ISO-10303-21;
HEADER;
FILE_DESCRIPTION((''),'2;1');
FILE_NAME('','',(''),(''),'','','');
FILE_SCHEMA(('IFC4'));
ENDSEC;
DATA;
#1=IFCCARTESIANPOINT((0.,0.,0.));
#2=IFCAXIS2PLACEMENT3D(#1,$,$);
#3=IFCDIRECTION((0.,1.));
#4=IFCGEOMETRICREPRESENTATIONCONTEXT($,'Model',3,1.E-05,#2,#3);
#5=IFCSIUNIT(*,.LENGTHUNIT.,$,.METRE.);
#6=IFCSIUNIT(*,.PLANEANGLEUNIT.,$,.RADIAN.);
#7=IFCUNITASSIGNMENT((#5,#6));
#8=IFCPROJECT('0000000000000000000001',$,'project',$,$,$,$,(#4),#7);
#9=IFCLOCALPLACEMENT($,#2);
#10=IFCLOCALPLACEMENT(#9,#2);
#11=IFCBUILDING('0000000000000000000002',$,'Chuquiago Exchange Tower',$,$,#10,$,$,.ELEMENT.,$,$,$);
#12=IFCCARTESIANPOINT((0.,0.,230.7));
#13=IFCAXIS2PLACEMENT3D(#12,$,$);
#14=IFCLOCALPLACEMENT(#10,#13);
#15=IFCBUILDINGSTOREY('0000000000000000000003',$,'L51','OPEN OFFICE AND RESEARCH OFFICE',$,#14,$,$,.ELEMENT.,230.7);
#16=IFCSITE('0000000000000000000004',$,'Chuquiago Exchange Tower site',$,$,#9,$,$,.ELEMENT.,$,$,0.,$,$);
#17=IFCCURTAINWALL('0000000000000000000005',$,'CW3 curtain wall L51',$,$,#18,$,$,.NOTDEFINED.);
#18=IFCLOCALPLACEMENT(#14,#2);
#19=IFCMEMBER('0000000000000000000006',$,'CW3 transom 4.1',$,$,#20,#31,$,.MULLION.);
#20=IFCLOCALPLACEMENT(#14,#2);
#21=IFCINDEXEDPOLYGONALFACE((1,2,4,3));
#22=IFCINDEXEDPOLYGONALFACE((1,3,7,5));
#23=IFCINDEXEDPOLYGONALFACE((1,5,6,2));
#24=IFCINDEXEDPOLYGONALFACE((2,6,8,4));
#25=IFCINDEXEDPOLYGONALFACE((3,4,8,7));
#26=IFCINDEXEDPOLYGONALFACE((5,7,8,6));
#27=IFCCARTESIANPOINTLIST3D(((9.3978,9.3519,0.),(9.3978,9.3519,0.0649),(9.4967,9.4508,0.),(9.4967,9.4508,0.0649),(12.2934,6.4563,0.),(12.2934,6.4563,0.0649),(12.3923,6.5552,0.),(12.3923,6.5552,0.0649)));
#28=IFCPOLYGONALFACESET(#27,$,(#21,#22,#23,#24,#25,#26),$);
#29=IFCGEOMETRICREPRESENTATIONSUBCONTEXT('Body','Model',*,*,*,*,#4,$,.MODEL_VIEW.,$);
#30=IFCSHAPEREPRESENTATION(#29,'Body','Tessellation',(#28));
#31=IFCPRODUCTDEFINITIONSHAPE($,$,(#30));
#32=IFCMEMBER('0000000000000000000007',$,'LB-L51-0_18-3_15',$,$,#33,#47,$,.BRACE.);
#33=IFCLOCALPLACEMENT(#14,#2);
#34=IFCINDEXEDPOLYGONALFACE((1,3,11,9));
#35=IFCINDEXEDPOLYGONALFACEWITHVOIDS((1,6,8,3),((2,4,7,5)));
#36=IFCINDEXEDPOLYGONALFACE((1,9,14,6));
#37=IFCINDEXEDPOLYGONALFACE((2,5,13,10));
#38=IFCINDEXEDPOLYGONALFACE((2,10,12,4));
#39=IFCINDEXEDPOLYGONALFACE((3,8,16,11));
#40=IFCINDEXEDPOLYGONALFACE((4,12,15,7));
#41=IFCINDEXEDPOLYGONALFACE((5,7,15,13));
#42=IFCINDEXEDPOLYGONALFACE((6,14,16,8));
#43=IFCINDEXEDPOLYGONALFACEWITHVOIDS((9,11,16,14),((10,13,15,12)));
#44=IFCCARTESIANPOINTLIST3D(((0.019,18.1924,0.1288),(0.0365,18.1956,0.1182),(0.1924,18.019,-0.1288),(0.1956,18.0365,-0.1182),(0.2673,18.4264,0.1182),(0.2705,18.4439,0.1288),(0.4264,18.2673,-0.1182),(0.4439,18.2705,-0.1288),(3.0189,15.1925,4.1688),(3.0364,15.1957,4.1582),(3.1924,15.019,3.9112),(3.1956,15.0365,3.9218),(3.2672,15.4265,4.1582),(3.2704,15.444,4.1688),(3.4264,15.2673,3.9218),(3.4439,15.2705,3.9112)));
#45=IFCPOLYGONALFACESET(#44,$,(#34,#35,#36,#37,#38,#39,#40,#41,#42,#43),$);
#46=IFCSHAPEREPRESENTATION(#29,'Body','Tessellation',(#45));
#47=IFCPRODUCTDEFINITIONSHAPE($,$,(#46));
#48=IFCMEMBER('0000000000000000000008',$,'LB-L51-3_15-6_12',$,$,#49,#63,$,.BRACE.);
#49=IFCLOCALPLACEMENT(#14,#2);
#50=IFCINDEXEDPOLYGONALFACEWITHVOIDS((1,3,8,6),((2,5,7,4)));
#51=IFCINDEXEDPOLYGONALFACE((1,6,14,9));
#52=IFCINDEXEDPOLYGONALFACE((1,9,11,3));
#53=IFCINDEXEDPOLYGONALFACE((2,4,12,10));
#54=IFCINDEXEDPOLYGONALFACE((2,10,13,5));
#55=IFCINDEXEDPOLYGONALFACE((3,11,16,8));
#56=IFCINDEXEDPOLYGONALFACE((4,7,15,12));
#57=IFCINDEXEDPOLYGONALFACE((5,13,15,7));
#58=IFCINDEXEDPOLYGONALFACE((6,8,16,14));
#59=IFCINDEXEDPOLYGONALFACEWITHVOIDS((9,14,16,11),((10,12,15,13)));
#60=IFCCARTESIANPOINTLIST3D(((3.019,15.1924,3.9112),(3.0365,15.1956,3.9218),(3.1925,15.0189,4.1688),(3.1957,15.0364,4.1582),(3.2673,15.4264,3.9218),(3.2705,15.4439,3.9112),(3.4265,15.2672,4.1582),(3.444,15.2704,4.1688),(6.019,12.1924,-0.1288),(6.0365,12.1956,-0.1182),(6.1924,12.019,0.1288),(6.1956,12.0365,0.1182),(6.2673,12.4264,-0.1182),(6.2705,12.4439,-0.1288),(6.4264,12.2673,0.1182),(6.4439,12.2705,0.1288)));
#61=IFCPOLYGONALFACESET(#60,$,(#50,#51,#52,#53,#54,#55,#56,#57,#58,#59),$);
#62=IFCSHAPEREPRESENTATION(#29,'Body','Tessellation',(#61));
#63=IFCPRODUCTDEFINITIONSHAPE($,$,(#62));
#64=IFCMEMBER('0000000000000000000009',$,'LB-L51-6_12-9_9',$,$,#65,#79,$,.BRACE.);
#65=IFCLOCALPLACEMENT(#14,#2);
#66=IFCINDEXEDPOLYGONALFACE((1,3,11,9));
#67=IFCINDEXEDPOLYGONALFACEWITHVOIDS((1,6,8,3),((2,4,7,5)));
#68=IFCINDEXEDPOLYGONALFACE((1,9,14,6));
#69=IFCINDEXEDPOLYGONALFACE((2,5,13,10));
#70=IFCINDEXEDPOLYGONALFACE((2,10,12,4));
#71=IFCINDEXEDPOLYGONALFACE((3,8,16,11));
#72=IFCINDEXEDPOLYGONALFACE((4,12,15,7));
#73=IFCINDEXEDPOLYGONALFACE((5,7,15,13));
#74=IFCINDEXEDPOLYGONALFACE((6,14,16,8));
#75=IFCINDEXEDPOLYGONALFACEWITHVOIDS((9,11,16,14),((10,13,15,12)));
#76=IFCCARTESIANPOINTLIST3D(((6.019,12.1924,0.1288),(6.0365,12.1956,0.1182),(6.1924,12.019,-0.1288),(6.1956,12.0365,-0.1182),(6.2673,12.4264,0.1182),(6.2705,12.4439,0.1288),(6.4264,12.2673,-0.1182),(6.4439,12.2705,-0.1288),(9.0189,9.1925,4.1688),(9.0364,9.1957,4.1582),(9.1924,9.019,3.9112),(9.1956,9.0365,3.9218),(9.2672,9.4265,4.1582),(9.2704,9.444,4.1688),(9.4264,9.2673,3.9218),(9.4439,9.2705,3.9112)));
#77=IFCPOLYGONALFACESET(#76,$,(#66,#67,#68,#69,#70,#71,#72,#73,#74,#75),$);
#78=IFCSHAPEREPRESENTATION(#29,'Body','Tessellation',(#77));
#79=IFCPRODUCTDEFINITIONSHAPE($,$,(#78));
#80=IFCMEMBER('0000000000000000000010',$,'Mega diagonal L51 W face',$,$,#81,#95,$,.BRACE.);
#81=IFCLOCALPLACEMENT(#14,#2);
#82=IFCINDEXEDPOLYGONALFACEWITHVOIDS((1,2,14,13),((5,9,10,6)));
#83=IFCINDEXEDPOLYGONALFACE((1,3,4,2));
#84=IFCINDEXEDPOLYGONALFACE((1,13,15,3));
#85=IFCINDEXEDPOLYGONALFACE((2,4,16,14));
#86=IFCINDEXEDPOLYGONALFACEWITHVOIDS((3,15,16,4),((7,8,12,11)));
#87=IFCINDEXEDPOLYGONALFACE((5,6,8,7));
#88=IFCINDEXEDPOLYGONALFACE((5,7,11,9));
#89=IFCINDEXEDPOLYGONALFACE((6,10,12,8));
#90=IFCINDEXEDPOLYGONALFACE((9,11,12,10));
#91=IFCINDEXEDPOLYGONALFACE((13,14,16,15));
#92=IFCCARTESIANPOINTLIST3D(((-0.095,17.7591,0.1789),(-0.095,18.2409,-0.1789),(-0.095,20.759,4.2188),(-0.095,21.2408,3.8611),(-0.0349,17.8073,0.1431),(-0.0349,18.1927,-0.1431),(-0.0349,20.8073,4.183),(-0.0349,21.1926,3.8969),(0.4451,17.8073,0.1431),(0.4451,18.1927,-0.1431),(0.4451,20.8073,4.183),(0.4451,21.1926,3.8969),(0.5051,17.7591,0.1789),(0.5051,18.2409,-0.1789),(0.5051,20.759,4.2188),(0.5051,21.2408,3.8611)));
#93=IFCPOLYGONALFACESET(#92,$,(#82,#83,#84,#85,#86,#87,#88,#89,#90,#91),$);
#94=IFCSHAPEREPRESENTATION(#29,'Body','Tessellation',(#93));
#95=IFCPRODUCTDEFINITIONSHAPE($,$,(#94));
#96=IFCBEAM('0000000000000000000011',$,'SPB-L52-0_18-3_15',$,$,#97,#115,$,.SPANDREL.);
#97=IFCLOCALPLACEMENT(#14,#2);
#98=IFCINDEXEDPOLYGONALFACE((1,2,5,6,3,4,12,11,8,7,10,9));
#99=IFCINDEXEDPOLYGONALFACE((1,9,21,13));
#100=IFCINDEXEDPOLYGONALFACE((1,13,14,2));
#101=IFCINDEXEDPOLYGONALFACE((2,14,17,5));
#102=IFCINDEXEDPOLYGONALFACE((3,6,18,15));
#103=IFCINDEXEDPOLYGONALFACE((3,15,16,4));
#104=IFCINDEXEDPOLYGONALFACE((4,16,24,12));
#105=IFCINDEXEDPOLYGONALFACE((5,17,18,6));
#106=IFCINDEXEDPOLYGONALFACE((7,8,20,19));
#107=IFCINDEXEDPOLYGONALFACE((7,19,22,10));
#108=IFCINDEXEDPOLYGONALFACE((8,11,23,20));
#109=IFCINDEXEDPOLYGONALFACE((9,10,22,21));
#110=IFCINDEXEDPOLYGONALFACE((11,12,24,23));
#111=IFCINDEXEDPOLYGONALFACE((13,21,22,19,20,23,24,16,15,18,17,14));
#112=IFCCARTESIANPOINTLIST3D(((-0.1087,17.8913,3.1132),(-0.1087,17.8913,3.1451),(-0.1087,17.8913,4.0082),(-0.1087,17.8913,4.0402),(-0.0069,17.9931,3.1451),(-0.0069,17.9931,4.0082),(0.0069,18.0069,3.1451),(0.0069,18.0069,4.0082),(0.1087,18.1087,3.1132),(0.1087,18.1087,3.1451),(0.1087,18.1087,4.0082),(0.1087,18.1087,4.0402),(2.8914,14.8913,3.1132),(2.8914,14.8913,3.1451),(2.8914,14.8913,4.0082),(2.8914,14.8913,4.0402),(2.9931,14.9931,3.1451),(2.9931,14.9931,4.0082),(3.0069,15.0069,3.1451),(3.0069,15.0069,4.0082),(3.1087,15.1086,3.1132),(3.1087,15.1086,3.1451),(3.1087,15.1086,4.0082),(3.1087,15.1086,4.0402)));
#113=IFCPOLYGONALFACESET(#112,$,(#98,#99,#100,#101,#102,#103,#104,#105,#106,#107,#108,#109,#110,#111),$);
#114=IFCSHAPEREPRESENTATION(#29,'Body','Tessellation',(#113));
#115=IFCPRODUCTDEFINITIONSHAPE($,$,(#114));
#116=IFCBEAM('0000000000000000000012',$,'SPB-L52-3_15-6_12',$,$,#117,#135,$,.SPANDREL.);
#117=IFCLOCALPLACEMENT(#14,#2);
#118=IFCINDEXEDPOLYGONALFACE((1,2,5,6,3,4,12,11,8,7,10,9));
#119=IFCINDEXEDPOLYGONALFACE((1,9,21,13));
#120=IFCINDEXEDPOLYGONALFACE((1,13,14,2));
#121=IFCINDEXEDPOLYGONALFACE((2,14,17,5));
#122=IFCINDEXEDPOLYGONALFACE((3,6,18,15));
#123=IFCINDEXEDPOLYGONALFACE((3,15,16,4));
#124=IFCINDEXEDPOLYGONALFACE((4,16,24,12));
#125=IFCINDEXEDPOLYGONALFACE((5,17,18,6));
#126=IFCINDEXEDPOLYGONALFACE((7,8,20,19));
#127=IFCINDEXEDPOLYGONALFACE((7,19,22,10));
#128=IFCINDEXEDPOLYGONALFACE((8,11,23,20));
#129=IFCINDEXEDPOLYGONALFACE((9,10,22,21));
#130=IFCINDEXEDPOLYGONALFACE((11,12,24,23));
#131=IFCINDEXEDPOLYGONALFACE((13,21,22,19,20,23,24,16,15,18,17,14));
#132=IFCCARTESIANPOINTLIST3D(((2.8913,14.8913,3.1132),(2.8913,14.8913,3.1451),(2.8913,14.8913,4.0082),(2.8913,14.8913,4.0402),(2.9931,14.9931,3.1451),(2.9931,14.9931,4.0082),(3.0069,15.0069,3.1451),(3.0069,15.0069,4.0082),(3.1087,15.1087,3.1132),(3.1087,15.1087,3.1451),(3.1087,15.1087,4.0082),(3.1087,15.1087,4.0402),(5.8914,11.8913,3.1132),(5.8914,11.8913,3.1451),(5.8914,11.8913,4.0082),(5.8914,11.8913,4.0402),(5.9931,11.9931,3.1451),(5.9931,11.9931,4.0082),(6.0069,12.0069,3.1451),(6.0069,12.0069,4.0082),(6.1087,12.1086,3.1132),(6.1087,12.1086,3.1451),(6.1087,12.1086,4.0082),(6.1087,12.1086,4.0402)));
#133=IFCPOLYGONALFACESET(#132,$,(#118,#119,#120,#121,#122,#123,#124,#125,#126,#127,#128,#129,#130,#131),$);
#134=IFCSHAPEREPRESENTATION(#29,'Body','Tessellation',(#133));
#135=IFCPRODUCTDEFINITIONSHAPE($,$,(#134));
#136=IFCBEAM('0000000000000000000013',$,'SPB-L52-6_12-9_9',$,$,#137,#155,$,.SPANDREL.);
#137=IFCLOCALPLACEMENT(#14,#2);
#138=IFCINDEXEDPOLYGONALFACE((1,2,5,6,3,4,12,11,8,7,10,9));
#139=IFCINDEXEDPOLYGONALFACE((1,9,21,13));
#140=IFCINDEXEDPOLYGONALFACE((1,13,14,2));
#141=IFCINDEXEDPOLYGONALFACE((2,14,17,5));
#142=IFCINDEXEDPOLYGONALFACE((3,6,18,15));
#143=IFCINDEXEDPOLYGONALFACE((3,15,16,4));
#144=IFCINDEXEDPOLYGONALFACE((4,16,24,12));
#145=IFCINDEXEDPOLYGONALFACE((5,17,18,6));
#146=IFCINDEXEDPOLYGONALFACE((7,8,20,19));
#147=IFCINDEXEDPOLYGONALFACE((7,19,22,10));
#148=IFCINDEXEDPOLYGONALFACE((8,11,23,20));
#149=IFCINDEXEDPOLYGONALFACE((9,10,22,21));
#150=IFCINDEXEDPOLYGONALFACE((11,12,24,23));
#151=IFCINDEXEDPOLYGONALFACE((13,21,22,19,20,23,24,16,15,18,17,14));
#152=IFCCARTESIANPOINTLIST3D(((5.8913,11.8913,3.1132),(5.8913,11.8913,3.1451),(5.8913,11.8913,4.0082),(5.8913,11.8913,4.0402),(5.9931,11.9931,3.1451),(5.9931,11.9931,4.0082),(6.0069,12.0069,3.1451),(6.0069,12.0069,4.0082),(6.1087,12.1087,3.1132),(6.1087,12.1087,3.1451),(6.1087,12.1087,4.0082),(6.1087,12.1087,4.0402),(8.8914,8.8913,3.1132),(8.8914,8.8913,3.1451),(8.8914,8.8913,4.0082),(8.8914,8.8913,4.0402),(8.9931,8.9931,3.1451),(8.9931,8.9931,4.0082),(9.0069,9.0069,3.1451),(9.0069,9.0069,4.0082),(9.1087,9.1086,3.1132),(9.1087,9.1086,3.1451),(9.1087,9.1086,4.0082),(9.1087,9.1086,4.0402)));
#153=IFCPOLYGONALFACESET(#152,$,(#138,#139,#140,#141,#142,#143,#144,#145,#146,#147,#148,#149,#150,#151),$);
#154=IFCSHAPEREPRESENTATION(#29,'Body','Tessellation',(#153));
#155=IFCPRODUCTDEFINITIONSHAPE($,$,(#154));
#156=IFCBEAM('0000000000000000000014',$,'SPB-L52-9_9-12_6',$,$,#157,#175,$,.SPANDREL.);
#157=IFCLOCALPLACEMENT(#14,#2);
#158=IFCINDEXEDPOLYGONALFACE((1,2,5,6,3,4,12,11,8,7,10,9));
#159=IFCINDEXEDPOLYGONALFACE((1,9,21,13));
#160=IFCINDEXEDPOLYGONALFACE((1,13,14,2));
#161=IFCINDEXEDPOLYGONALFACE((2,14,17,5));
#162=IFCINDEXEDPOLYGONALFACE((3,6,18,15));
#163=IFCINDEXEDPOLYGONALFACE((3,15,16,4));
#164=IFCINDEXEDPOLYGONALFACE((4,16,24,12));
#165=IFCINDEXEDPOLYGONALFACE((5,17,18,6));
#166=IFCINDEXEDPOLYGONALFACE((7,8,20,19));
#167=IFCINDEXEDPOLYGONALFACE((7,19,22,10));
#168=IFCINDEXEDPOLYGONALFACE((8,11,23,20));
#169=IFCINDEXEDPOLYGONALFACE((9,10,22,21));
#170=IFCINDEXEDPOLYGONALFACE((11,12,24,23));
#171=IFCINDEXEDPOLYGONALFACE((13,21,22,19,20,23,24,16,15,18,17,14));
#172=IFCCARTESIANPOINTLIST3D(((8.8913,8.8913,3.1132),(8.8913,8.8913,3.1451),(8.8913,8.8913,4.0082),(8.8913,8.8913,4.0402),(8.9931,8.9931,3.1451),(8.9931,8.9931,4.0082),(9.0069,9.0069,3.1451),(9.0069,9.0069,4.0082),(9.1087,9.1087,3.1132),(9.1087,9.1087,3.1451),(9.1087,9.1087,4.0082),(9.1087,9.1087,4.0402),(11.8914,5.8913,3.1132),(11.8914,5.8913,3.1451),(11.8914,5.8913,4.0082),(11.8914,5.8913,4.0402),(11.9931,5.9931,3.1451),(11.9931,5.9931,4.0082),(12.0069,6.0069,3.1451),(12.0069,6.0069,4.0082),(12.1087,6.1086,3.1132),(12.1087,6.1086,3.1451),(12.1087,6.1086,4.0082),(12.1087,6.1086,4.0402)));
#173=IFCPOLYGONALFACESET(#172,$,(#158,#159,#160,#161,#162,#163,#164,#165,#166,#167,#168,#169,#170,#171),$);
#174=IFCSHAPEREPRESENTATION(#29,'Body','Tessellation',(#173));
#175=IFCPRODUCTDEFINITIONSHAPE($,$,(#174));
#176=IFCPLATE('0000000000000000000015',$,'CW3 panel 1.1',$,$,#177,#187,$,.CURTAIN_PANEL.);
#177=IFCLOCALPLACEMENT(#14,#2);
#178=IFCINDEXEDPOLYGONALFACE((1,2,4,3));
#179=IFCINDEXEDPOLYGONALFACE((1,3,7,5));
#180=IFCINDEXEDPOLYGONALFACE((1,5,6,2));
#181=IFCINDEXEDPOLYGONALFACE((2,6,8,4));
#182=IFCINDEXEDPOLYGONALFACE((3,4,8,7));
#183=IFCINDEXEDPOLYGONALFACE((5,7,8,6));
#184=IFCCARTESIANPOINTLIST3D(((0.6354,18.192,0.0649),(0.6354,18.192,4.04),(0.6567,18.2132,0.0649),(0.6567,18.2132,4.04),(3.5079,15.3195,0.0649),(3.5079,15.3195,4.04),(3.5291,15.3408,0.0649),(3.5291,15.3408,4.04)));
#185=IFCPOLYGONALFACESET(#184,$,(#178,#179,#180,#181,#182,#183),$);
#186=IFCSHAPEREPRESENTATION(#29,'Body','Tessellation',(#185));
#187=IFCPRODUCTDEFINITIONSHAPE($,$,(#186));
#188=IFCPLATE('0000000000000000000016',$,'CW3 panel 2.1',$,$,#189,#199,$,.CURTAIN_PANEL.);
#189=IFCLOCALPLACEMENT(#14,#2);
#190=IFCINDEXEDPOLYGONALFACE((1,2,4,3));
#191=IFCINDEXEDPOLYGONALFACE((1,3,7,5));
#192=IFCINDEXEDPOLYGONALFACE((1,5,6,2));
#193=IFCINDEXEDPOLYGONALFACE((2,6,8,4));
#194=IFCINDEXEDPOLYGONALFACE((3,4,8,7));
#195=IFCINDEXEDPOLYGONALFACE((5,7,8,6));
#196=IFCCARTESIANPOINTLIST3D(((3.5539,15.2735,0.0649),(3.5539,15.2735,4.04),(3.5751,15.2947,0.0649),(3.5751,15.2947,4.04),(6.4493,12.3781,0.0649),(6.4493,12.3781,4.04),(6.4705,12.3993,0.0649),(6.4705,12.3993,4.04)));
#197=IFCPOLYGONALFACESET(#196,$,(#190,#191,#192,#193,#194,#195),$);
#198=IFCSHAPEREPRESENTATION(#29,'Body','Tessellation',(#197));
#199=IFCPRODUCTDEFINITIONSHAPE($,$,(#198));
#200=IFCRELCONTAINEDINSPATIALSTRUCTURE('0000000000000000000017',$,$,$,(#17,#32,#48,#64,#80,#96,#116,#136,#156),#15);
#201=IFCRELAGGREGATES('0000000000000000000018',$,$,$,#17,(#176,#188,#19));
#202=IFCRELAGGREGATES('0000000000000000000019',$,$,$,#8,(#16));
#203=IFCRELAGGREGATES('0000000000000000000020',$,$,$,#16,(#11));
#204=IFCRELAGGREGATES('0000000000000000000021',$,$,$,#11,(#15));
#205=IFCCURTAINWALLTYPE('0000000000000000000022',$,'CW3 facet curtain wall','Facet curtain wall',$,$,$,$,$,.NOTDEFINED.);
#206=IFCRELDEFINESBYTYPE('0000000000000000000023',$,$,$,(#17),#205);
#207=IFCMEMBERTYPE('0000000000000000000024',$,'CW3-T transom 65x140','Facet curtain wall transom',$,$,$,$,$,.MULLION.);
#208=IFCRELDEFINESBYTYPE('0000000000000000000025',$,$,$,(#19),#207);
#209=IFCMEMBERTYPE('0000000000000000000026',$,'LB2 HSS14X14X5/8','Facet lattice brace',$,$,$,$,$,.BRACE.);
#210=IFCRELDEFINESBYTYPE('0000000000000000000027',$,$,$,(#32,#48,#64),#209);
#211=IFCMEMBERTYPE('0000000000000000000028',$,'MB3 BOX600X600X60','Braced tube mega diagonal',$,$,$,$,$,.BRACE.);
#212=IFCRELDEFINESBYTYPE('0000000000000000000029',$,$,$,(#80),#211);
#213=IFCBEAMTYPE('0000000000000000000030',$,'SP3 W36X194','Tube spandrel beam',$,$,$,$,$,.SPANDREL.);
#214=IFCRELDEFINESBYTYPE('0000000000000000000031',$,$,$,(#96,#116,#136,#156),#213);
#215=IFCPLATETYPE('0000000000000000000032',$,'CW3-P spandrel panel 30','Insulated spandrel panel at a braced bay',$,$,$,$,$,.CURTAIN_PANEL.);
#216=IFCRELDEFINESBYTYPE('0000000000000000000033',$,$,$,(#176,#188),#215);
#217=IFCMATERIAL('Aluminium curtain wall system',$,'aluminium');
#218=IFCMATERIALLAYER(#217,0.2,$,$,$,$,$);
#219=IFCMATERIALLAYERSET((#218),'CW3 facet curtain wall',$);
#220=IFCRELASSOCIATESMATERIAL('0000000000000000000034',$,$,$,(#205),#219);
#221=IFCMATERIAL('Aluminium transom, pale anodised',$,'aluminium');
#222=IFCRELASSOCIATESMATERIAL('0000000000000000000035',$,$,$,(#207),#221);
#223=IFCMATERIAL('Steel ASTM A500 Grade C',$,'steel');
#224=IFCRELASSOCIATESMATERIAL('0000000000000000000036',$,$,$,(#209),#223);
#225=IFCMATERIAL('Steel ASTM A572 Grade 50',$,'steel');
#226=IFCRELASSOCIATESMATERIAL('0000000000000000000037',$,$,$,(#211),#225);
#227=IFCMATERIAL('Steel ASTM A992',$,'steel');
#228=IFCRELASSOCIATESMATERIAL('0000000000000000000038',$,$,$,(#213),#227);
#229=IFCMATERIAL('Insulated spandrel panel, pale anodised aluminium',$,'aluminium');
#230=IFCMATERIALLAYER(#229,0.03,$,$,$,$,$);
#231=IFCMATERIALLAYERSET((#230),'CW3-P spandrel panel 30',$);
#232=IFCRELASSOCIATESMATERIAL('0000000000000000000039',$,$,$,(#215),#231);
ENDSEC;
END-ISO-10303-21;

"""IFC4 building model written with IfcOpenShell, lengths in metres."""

from ifc_helpers import new_model, si_unit, direction, frame, origin, origin_2d, place, context, subcontext, project, spatial, rectangle, hollow_rectangle, i_section, extrude, material, layer, layer_set, material_profile, profile_set, type_object, element, aggregate, save


model = new_model("IFC4")

# Units and contexts
model_context = context("Model", 3, precision=1e-05, world=origin(), true_north=direction((0.0, 1.0)))
body_context = subcontext(model_context, "Body", "Model", "MODEL_VIEW")
ifc_project = project(units=[si_unit("LENGTHUNIT", "METRE"), si_unit("PLANEANGLEUNIT", "RADIAN")], contexts=[model_context])

# Site, building, storey
site_placement = place(None, origin())
site = spatial("IfcSite", under=ifc_project, at=site_placement, Name="Chuquiago Exchange Tower site", CompositionType="ELEMENT", RefElevation=0.0)
building_placement = place(site_placement, origin())
building = spatial("IfcBuilding", under=site, at=building_placement, Name="Chuquiago Exchange Tower", CompositionType="ELEMENT")
storey_placement = place(building_placement, frame((0.0, 0.0, 230.7)))
storey = spatial("IfcBuildingStorey", under=building, at=storey_placement, Name="L51", Description="OPEN OFFICE AND RESEARCH OFFICE", CompositionType="ELEMENT", Elevation=230.7)

# Curtain wall, member
ifc_material_1 = material(Name="Aluminium curtain wall system", Category="aluminium")
ifc_layer_1 = layer(ifc_material_1, 0.2)
ifc_layer_set_1 = layer_set([ifc_layer_1], Name="CW3 facet curtain wall")
curtain_wall_type_1 = type_object("IfcCurtainWallType", Name="CW3 facet curtain wall", Description="Facet curtain wall", PredefinedType="NOTDEFINED", material=ifc_layer_set_1)
curtain_wall_1_placement = place(storey_placement, origin())
curtain_wall_1 = element("IfcCurtainWall", 1, at=curtain_wall_1_placement, inside=storey, type_object=curtain_wall_type_1, Name="CW3 curtain wall L51", PredefinedType="NOTDEFINED")
ifc_material_2 = material(Name="Aluminium transom, pale anodised", Category="aluminium")
ifc_material_profile_1 = material_profile(ifc_material_2, rectangle(XDim=0.1399, YDim=0.0649, at=origin_2d()), Name="AL 140x65")
ifc_profile_set_1 = profile_set([ifc_material_profile_1], Name="Aluminium transom, pale anodised")
member_type_1 = type_object("IfcMemberType", Name="CW3-T transom 65x140", Description="Facet curtain wall transom", PredefinedType="MULLION", material=ifc_profile_set_1)
member_1_placement = place(storey_placement, frame((9.4473, 9.4014, 0.0325), z_axis=(0.707107, -0.707107, 0.0), x_axis=(0.707107, 0.707107, 0.0)))
member_1 = element("IfcMember", 2, at=member_1_placement, type_object=member_type_1, Name="CW3 transom 4.1", PredefinedType="MULLION", context=body_context, shape_type="SweptSolid", body=[
    extrude(rectangle(XDim=0.1399, YDim=0.0649, at=origin_2d()), origin(), (0.0, 0.0, 1.0), 4.095),
])

# Members
ifc_material_3 = material(Name="Steel ASTM A500 Grade C", Category="steel")
ifc_material_profile_2 = material_profile(ifc_material_3, hollow_rectangle(XDim=0.3557, YDim=0.3557, WallThickness=0.0146, at=origin_2d()), Name="HSS14X14X5/8")
ifc_profile_set_2 = profile_set([ifc_material_profile_2], Name="Steel ASTM A500 Grade C")
member_type_2 = type_object("IfcMemberType", Name="LB2 HSS14X14X5/8", Description="Facet lattice brace", PredefinedType="BRACE", material=ifc_profile_set_2)
for number, where, z_axis, x_axis, name in (
    (3, (0.2314, 18.2314, 0.0), (0.512077, -0.512077, 0.689604), (0.707107, 0.707107, 0.0), "LB-L51-0_18-3_15"),
    (4, (6.2314, 12.2314, 0.0), (-0.512077, 0.512077, 0.689604), (-0.707107, -0.707107, 0.0), "LB-L51-3_15-6_12"),
    (5, (6.2314, 12.2314, 0.0), (0.512077, -0.512077, 0.689604), (0.707107, 0.707107, 0.0), "LB-L51-6_12-9_9"),
):
    element("IfcMember", number, at=place(storey_placement, frame(where, z_axis=z_axis, x_axis=x_axis)), inside=storey, type_object=member_type_2, Name=name, PredefinedType="BRACE", context=body_context, shape_type="SweptSolid", body=[
        extrude(hollow_rectangle(XDim=0.3557, YDim=0.3557, WallThickness=0.0146, at=origin_2d()), origin(), (0.0, 0.0, 1.0), 5.8584),
    ])
ifc_material_4 = material(Name="Steel ASTM A572 Grade 50", Category="steel")
ifc_material_profile_3 = material_profile(ifc_material_4, hollow_rectangle(XDim=0.6001, YDim=0.6001, WallThickness=0.0601, at=origin_2d()), Name="BOX600X600X60")
ifc_profile_set_3 = profile_set([ifc_material_profile_3], Name="Steel ASTM A572 Grade 50")
member_type_3 = type_object("IfcMemberType", Name="MB3 BOX600X600X60", Description="Braced tube mega diagonal", PredefinedType="BRACE", material=ifc_profile_set_3)
member_2_placement = place(storey_placement, frame((0.2051, 18.0, 0.0), z_axis=(0.0, 0.596174, 0.802855), x_axis=(-1.0, 0.0, 0.0)))
element("IfcMember", 6, at=member_2_placement, inside=storey, type_object=member_type_3, Name="Mega diagonal L51 W face", PredefinedType="BRACE", context=body_context, shape_type="SweptSolid", body=[
    extrude(hollow_rectangle(XDim=0.6001, YDim=0.6001, WallThickness=0.0601, at=origin_2d()), origin(), (0.0, 0.0, 1.0), 5.032),
])

# Beams
ifc_material_5 = material(Name="Steel ASTM A992", Category="steel")
ifc_material_profile_4 = material_profile(ifc_material_5, i_section(OverallWidth=0.3074, OverallDepth=0.927, WebThickness=0.0195, FlangeThickness=0.032, at=origin_2d()), Name="W36X194")
ifc_profile_set_4 = profile_set([ifc_material_profile_4], Name="Steel ASTM A992")
beam_type = type_object("IfcBeamType", Name="SP3 W36X194", Description="Tube spandrel beam", PredefinedType="SPANDREL", material=ifc_profile_set_4)
for number, where, z_axis, x_axis, name in (
    (7, (0.0, 18.0, 3.5767), (0.707107, -0.707107, 0.0), (0.707107, 0.707107, 0.0), "SPB-L52-0_18-3_15"),
    (8, (3.0, 15.0, 3.5767), (0.707107, -0.707107, 0.0), (0.707107, 0.707107, 0.0), "SPB-L52-3_15-6_12"),
    (9, (6.0, 12.0, 3.5767), (0.707107, -0.707107, 0.0), (0.707107, 0.707107, 0.0), "SPB-L52-6_12-9_9"),
    (10, (9.0, 9.0, 3.5767), (0.707107, -0.707107, 0.0), (0.707107, 0.707107, 0.0), "SPB-L52-9_9-12_6"),
):
    element("IfcBeam", number, at=place(storey_placement, frame(where, z_axis=z_axis, x_axis=x_axis)), inside=storey, type_object=beam_type, Name=name, PredefinedType="SPANDREL", context=body_context, shape_type="SweptSolid", body=[
        extrude(i_section(OverallWidth=0.3074, OverallDepth=0.927, WebThickness=0.0195, FlangeThickness=0.032, at=origin_2d()), origin(), (0.0, 0.0, 1.0), 4.2427),
    ])

# Plates
ifc_material_6 = material(Name="Insulated spandrel panel, pale anodised aluminium", Category="aluminium")
ifc_layer_2 = layer(ifc_material_6, 0.03)
ifc_layer_set_2 = layer_set([ifc_layer_2], Name="CW3-P spandrel panel 30")
plate_type = type_object("IfcPlateType", Name="CW3-P spandrel panel 30", Description="Insulated spandrel panel at a braced bay", PredefinedType="CURTAIN_PANEL", material=ifc_layer_set_2)
plate_1_placement = place(storey_placement, frame((2.0823, 16.7664, 0.0649), z_axis=(0.0, 0.0, 1.0), x_axis=(0.707107, -0.707107, 0.0)))
plate_1 = element("IfcPlate", 11, at=plate_1_placement, type_object=plate_type, Name="CW3 panel 1.1", PredefinedType="CURTAIN_PANEL", context=body_context, shape_type="SweptSolid", body=[
    extrude(rectangle(XDim=4.0623, YDim=0.03, at=origin_2d()), origin(), (0.0, 0.0, 1.0), 3.9751),
])
plate_2_placement = place(storey_placement, frame((5.0122, 13.8364, 0.0649), z_axis=(0.0, 0.0, 1.0), x_axis=(0.707107, -0.707107, 0.0)))
plate_2 = element("IfcPlate", 12, at=plate_2_placement, type_object=plate_type, Name="CW3 panel 2.1", PredefinedType="CURTAIN_PANEL", context=body_context, shape_type="SweptSolid", body=[
    extrude(rectangle(XDim=4.0947, YDim=0.03, at=origin_2d()), origin(), (0.0, 0.0, 1.0), 3.9751),
])
aggregate(curtain_wall_1, [plate_1, plate_2, member_1])

save(model, "model.ifc")
